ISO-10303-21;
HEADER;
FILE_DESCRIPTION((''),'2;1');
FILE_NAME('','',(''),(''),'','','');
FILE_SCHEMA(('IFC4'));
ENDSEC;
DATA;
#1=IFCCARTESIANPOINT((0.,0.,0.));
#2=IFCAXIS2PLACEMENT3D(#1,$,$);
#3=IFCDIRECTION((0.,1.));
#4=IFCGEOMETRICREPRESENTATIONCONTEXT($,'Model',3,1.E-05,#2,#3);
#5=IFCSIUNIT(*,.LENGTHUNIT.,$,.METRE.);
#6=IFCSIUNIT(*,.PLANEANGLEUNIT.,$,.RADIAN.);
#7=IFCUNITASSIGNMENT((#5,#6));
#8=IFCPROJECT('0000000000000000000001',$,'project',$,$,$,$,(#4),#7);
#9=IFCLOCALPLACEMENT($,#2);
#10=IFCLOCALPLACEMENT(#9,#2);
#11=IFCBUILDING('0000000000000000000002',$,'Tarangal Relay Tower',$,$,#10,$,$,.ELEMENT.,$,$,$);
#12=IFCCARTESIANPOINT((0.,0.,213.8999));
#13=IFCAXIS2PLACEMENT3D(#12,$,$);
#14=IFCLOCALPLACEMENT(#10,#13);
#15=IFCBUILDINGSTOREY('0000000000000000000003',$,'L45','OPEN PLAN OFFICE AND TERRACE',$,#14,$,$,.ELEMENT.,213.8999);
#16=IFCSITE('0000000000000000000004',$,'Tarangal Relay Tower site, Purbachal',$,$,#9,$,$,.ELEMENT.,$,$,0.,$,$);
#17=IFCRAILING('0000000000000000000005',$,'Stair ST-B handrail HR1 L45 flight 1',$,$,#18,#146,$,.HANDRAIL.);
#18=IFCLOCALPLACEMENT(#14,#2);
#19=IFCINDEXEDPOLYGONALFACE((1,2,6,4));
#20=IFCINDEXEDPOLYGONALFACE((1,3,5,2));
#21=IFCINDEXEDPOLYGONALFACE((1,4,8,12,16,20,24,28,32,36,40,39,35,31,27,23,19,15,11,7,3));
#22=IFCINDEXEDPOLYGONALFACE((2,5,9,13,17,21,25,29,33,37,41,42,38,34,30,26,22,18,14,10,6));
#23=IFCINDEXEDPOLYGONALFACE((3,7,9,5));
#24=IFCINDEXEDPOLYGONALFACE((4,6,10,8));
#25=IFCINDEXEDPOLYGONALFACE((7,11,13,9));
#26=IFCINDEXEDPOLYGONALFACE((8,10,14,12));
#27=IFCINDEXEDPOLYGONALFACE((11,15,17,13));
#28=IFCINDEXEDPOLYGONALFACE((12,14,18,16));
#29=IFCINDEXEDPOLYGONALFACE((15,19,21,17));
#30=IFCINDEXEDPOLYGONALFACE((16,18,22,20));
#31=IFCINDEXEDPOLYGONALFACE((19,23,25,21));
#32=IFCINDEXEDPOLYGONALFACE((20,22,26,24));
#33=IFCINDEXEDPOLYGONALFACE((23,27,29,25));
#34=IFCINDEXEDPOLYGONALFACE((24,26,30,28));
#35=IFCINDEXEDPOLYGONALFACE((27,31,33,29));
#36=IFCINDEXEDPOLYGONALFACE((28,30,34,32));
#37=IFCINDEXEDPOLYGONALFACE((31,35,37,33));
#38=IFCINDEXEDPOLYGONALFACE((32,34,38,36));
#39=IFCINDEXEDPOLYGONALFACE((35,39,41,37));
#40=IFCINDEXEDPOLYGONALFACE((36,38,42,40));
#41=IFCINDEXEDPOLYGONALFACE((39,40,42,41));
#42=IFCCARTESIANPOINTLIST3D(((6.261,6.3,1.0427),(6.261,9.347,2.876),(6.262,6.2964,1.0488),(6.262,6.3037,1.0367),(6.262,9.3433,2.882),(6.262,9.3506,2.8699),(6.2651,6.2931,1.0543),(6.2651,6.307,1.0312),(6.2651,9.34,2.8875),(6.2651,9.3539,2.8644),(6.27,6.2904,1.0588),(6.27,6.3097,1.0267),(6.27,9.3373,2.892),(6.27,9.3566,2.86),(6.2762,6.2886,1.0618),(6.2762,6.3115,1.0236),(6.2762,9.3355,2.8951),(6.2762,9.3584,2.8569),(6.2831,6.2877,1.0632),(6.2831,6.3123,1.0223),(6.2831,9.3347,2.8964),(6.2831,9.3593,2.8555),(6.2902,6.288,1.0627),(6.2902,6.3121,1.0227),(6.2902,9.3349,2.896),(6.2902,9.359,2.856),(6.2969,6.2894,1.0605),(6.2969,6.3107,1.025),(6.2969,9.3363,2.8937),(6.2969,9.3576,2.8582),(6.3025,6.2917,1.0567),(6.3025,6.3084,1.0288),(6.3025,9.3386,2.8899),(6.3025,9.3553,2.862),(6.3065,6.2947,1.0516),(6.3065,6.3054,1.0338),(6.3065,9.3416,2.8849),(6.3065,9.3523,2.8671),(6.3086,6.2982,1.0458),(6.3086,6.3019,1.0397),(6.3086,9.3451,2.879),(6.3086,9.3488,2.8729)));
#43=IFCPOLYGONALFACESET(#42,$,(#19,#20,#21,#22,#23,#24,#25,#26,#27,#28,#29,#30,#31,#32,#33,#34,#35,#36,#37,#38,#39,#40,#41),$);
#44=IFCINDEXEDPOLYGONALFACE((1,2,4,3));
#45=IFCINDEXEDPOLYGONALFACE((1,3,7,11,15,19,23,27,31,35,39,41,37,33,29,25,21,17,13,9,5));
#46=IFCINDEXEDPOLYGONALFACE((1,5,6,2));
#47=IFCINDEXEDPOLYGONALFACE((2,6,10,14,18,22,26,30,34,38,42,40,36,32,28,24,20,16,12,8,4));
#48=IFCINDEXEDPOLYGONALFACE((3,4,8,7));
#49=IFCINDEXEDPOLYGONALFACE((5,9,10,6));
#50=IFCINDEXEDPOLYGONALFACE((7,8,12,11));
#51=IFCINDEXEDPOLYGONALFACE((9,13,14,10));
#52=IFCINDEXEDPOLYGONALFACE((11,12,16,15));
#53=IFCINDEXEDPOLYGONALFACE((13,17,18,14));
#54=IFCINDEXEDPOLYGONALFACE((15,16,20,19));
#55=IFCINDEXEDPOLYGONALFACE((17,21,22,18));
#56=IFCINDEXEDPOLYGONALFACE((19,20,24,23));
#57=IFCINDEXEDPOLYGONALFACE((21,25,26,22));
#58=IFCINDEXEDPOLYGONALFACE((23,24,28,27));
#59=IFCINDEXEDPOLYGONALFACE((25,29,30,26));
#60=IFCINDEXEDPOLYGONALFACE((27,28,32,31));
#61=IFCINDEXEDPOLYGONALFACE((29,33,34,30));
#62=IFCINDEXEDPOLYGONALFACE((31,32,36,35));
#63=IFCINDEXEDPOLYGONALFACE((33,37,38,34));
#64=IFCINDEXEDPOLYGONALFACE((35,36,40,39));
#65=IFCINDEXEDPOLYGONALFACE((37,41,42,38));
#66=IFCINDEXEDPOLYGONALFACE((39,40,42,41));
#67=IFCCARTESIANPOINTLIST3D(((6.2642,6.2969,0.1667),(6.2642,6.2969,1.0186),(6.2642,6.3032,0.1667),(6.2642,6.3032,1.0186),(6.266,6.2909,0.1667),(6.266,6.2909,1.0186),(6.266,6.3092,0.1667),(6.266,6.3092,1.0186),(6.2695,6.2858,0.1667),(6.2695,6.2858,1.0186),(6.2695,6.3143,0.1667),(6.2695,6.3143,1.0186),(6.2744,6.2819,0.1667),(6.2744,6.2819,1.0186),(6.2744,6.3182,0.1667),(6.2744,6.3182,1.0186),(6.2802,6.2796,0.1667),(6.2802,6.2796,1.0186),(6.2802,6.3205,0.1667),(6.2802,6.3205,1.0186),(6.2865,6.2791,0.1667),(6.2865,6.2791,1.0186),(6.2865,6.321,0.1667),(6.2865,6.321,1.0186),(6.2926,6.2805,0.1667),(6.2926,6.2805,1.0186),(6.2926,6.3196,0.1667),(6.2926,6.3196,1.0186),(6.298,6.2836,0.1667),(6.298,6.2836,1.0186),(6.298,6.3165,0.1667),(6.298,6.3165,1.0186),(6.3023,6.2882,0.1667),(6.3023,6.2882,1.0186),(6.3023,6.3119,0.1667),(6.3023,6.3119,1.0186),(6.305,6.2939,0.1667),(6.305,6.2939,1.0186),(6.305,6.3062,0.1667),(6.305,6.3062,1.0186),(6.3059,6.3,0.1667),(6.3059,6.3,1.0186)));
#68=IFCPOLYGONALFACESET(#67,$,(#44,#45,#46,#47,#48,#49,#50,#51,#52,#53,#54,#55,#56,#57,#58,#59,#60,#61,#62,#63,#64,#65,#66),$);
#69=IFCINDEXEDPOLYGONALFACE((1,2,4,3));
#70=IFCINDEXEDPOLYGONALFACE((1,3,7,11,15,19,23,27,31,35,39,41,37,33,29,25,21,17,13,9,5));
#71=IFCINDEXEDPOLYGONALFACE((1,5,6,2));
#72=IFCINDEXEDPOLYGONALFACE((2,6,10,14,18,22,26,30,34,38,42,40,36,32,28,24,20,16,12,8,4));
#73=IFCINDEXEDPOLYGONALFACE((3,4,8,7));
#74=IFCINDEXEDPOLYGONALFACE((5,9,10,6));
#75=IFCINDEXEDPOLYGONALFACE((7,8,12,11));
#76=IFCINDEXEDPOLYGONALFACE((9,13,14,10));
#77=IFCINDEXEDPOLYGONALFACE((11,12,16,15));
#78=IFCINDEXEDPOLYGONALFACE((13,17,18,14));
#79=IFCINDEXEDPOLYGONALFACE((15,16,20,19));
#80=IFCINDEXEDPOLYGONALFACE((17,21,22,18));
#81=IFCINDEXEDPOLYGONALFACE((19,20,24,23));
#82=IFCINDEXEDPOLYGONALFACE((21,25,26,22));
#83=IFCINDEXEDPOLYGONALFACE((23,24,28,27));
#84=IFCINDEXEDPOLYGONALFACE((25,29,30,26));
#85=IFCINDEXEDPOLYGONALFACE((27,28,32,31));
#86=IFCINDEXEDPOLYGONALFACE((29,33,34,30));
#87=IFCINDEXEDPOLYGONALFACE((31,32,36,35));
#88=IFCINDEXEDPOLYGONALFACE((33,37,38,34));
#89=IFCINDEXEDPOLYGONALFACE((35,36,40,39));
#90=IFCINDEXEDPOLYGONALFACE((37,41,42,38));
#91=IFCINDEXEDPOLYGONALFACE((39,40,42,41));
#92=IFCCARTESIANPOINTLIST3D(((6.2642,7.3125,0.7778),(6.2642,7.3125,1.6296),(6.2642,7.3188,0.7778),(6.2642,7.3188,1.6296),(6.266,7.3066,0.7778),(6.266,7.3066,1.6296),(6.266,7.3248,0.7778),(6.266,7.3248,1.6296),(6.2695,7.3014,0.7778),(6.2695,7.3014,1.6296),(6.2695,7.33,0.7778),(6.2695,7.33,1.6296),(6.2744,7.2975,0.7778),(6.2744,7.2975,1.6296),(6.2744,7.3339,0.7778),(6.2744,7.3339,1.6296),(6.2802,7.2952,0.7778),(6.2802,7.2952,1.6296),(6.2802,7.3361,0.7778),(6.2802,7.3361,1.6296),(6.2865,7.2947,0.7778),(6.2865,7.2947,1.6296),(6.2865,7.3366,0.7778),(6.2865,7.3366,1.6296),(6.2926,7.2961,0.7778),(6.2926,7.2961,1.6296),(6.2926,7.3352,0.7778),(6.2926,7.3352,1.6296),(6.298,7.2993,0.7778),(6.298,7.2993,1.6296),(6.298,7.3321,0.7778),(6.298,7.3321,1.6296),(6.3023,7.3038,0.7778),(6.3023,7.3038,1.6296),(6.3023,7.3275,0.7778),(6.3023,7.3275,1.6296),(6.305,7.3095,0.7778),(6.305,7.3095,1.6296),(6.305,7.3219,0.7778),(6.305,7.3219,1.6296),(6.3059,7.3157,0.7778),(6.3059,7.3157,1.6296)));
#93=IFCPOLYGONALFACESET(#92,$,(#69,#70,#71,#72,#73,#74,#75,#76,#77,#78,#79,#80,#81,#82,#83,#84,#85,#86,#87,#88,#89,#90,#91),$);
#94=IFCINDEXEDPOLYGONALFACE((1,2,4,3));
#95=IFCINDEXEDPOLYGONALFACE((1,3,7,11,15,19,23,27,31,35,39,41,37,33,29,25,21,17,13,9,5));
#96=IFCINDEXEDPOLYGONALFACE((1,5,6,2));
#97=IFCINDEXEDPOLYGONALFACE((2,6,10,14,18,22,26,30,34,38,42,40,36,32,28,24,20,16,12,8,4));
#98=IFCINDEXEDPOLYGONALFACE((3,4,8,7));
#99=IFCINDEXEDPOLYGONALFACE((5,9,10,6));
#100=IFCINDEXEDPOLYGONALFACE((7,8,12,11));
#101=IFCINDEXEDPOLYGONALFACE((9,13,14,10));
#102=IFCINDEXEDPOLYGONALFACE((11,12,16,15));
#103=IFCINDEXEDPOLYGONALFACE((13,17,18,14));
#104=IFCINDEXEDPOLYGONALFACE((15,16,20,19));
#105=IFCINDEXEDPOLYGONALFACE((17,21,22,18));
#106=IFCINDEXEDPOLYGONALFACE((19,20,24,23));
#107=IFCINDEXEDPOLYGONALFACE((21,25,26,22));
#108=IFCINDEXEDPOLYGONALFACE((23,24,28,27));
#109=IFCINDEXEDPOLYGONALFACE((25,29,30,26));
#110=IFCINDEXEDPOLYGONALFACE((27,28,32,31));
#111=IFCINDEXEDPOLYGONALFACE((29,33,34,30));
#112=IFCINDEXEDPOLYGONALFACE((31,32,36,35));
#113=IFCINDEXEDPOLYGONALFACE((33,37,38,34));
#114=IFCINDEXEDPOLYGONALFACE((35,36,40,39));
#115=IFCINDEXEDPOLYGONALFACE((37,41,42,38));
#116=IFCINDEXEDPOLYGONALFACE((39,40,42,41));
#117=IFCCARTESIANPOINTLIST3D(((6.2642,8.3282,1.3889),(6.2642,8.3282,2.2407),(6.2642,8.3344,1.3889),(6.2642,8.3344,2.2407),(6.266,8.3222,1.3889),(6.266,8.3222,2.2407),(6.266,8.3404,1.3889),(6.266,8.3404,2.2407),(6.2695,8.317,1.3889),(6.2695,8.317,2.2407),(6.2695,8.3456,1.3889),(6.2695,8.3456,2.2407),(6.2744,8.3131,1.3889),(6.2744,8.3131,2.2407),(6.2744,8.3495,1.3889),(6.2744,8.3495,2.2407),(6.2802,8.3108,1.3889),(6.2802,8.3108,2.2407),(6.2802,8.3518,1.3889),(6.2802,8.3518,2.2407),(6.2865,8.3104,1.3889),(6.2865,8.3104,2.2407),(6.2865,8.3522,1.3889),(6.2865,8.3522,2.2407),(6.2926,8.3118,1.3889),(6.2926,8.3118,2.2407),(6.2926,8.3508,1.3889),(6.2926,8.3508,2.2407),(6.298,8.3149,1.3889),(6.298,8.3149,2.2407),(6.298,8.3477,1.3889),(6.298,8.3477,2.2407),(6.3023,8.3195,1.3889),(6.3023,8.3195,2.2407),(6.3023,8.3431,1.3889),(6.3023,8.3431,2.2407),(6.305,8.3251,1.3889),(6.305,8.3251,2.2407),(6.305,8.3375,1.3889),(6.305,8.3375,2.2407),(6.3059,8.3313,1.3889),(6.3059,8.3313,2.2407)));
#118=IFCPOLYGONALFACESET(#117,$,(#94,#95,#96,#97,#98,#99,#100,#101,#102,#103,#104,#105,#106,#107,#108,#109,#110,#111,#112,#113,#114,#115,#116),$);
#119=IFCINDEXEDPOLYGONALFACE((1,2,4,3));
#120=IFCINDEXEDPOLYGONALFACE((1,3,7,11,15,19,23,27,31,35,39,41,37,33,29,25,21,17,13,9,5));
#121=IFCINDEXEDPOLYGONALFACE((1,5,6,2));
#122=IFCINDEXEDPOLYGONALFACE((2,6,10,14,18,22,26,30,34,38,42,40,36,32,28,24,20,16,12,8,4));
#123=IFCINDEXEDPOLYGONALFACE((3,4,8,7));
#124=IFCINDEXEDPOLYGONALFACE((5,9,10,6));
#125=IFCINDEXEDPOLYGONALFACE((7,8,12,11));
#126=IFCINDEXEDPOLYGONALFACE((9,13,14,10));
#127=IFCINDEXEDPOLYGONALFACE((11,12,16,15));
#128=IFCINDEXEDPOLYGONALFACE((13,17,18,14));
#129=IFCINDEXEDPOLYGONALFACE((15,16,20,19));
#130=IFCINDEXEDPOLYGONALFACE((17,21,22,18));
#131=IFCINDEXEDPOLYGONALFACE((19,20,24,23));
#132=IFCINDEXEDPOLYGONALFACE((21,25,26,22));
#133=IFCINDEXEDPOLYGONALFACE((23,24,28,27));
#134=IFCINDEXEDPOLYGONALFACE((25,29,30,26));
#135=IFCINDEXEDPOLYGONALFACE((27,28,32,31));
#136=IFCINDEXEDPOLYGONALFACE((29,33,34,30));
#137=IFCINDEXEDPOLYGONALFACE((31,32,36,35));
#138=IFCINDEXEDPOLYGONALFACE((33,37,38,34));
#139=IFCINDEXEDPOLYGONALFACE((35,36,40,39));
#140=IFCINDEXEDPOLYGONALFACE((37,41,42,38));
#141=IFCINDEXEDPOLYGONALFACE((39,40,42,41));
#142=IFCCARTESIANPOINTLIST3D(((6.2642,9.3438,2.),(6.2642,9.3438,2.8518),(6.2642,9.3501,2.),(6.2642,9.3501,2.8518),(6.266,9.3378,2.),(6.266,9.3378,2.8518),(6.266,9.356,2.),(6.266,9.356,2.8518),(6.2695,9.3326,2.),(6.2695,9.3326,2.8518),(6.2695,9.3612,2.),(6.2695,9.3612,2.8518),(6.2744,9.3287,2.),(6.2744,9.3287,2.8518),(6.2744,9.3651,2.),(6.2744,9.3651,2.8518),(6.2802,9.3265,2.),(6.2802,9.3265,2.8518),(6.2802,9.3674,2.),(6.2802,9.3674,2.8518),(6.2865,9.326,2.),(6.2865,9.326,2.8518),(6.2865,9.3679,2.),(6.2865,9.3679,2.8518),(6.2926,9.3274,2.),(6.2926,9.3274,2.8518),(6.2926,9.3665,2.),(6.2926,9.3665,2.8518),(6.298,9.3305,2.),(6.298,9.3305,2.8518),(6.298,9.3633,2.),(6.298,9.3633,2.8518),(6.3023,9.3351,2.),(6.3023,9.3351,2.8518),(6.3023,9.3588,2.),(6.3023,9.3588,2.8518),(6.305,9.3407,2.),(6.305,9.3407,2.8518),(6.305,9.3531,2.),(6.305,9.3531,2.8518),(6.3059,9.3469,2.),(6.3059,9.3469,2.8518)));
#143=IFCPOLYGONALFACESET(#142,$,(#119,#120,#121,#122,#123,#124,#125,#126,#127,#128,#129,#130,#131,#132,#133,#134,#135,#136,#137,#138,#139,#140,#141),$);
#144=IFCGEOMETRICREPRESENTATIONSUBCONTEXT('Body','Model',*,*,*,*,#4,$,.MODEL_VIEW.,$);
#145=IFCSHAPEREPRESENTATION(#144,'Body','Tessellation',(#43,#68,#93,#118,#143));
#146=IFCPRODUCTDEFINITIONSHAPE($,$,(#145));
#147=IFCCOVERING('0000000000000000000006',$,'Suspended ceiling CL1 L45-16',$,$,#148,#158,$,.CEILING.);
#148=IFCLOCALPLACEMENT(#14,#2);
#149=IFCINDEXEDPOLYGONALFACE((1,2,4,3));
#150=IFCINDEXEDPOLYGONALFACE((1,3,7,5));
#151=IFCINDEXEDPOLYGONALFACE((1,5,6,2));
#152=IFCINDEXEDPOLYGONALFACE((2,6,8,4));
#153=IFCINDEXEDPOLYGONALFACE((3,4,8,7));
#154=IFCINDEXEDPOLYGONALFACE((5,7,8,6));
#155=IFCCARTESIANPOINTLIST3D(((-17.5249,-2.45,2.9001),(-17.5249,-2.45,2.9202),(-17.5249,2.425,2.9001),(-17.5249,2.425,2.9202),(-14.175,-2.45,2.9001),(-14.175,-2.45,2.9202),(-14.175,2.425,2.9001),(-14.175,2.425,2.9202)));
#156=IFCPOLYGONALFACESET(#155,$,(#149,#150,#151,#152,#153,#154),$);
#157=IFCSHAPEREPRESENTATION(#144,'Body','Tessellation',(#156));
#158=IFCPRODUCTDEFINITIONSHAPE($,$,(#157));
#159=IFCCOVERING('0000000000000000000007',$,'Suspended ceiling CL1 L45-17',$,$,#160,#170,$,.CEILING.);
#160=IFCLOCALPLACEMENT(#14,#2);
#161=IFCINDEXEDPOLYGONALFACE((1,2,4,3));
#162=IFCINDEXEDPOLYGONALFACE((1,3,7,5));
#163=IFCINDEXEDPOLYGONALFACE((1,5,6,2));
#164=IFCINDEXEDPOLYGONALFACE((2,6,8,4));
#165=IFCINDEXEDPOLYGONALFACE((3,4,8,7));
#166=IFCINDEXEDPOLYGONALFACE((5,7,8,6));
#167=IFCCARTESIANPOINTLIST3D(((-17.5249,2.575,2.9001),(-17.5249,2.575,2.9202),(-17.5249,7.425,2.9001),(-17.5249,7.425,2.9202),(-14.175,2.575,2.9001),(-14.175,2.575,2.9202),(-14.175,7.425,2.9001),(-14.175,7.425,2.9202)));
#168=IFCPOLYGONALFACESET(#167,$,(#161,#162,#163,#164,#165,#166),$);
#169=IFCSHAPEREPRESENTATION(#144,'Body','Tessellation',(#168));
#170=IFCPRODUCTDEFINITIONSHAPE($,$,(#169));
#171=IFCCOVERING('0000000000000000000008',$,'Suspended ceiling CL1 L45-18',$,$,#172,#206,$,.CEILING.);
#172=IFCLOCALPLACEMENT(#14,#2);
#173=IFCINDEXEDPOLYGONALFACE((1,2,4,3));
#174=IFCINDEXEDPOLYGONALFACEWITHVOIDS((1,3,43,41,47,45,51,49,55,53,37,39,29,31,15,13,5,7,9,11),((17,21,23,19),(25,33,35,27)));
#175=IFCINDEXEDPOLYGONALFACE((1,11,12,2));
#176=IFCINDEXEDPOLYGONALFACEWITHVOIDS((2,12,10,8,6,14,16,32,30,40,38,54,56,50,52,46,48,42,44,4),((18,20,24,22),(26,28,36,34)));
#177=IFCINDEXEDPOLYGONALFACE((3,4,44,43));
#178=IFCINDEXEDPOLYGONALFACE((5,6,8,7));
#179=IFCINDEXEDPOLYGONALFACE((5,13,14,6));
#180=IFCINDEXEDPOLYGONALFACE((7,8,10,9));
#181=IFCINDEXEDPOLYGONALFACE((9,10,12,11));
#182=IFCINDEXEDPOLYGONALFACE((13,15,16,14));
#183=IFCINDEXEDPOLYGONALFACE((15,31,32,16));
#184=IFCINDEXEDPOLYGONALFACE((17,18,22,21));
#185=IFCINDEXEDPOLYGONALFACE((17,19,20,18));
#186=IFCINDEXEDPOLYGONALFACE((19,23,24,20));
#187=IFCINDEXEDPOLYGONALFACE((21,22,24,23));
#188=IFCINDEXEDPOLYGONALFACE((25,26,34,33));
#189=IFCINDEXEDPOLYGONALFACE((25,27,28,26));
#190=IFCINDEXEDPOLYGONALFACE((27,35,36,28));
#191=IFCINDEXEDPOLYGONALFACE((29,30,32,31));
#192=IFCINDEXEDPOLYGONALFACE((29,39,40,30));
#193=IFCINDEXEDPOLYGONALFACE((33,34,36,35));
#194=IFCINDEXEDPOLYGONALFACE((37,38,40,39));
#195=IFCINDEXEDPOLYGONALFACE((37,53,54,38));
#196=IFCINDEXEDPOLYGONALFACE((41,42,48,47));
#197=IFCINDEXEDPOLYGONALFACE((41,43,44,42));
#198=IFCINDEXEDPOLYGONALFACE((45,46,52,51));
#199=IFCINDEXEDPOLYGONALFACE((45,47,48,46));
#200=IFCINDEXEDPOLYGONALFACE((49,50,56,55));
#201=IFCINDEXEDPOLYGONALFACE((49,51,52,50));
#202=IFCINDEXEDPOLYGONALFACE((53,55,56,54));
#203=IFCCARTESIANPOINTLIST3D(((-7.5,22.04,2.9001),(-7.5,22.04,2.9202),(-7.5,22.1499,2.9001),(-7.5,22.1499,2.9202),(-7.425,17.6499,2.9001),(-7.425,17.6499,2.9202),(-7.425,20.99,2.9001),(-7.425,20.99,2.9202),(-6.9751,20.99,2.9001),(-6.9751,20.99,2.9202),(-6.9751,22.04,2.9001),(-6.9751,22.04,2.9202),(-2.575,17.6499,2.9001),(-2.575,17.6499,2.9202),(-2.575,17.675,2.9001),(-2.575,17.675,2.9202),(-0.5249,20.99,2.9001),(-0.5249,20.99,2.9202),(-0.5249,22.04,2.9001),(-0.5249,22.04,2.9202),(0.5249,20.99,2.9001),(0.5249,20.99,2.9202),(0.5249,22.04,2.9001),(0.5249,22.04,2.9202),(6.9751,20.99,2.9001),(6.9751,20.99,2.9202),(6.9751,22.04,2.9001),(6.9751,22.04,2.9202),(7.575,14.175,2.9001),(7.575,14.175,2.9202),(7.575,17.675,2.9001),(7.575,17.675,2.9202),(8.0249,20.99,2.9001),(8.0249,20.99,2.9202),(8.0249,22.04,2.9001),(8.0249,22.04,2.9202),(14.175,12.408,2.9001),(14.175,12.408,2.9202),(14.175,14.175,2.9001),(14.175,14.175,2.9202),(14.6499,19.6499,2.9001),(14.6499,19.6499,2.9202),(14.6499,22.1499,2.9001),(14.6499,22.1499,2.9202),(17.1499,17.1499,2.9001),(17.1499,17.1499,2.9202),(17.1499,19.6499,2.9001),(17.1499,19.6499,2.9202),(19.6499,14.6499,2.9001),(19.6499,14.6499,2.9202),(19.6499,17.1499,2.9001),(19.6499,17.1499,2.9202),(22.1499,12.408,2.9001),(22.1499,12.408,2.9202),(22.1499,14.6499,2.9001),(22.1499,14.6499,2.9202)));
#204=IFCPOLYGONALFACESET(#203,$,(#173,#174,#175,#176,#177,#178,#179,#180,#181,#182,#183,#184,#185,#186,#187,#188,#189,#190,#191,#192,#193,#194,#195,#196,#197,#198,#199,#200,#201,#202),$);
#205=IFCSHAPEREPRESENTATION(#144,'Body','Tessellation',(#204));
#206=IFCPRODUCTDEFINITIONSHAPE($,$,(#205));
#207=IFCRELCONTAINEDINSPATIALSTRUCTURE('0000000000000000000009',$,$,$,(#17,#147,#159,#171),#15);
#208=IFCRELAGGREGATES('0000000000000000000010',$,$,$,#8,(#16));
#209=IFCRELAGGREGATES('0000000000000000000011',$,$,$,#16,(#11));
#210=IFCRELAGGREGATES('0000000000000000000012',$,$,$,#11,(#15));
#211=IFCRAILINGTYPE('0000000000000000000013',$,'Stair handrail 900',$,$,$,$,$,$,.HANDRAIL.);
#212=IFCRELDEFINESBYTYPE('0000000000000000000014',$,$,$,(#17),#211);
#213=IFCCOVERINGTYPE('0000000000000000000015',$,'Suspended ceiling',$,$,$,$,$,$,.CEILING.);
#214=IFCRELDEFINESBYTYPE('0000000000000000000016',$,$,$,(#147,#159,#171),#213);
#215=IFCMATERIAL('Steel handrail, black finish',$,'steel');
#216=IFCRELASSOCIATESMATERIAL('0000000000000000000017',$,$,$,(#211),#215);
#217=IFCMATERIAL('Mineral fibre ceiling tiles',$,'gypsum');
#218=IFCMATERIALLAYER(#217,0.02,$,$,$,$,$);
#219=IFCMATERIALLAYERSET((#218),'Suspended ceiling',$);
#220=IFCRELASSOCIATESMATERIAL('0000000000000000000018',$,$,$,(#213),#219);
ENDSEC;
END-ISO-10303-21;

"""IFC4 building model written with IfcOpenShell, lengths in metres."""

from ifc_helpers import new_model, si_unit, direction, frame, origin, origin_2d, place, context, subcontext, project, spatial, polyline, circle, outline, extrude, material, layer, layer_set, type_object, element, save


model = new_model("IFC4")

# Units and contexts
model_context = context("Model", 3, precision=1e-05, world=origin(), true_north=direction((0.0, 1.0)))
body_context = subcontext(model_context, "Body", "Model", "MODEL_VIEW")
ifc_project = project(units=[si_unit("LENGTHUNIT", "METRE"), si_unit("PLANEANGLEUNIT", "RADIAN")], contexts=[model_context])

# Site, building, storey
site_placement = place(None, origin())
site = spatial("IfcSite", under=ifc_project, at=site_placement, Name="Tarangal Relay Tower site, Purbachal", CompositionType="ELEMENT", RefElevation=0.0)
building_placement = place(site_placement, origin())
building = spatial("IfcBuilding", under=site, at=building_placement, Name="Tarangal Relay Tower", CompositionType="ELEMENT")
storey_placement = place(building_placement, frame((0.0, 0.0, 213.8999)))
storey = spatial("IfcBuildingStorey", under=building, at=storey_placement, Name="L45", Description="OPEN PLAN OFFICE AND TERRACE", CompositionType="ELEMENT", Elevation=213.8999)

# Railing
ifc_material_1 = material(Name="Steel handrail, black finish", Category="steel")
railing_type_1 = type_object("IfcRailingType", Name="Stair handrail 900", PredefinedType="HANDRAIL", material=ifc_material_1)
railing_1_placement = place(storey_placement, frame((6.2849, 6.3, 0.1667)))
element("IfcRailing", 1, at=railing_1_placement, inside=storey, type_object=railing_type_1, Name="Stair ST-B handrail HR1 L45 flight 1", PredefinedType="HANDRAIL", context=body_context, shape_type="SweptSolid", body=[
    extrude(circle(Radius=0.0239, at=origin_2d()), frame((0.0, 0.0, 0.876), z_axis=(0.0, 0.856856, 0.515556), x_axis=(-1.0, 0.0, 0.0)), (0.0, 0.0, 1.0), 3.5559),
    extrude(circle(Radius=0.021, at=origin_2d()), origin(), (0.0, 0.0, 1.0), 0.8518),
    extrude(circle(Radius=0.021, at=origin_2d()), frame((0.0, 1.0156, 0.6111)), (0.0, 0.0, 1.0), 0.8518),
    extrude(circle(Radius=0.021, at=origin_2d()), frame((0.0, 2.0312, 1.2222)), (0.0, 0.0, 1.0), 0.8518),
    extrude(circle(Radius=0.021, at=origin_2d()), frame((0.0, 3.0469, 1.8333)), (0.0, 0.0, 1.0), 0.8518),
])

# Coverings
ifc_material_2 = material(Name="Mineral fibre ceiling tiles", Category="gypsum")
ifc_layer_1 = layer(ifc_material_2, 0.02)
ifc_layer_set_1 = layer_set([ifc_layer_1], Name="Suspended ceiling")
covering_type = type_object("IfcCoveringType", Name="Suspended ceiling", PredefinedType="CEILING", material=ifc_layer_set_1)
covering_1_placement = place(storey_placement, frame((0.0, 0.0, 2.9001)))
element("IfcCovering", 2, at=covering_1_placement, inside=storey, type_object=covering_type, Name="Suspended ceiling CL1 L45-16", PredefinedType="CEILING", context=body_context, shape_type="SweptSolid", body=[
    extrude(outline(polyline([(-14.175, 2.425), (-17.5249, 2.425), (-17.5249, -2.45), (-14.175, -2.45), (-14.175, 2.425)])), origin(), (0.0, 0.0, 1.0), 0.02),
])
covering_2_placement = place(storey_placement, frame((0.0, 0.0, 2.9001)))
element("IfcCovering", 3, at=covering_2_placement, inside=storey, type_object=covering_type, Name="Suspended ceiling CL1 L45-17", PredefinedType="CEILING", context=body_context, shape_type="SweptSolid", body=[
    extrude(outline(polyline([(-14.175, 2.575), (-14.175, 7.425), (-17.5249, 7.425), (-17.5249, 2.575), (-14.175, 2.575)])), origin(), (0.0, 0.0, 1.0), 0.02),
])
covering_3_placement = place(storey_placement, frame((0.0, 0.0, 2.9001)))
element("IfcCovering", 4, at=covering_3_placement, inside=storey, type_object=covering_type, Name="Suspended ceiling CL1 L45-18", PredefinedType="CEILING", context=body_context, shape_type="SweptSolid", body=[
    extrude(outline(polyline([(-7.5, 22.1499), (-7.5, 22.04), (-6.9751, 22.04), (-6.9751, 20.99), (-7.425, 20.99), (-7.425, 17.6499), (-2.575, 17.6499), (-2.575, 17.675), (7.575, 17.675), (7.575, 14.175), (14.175, 14.175), (14.175, 12.408), (22.1499, 12.408), (22.1499, 14.6499), (19.6499, 14.6499), (19.6499, 17.1499), (17.1499, 17.1499), (17.1499, 19.6499), (14.6499, 19.6499), (14.6499, 22.1499), (-7.5, 22.1499)]), holes=[polyline([(-0.5249, 20.99), (0.5249, 20.99), (0.5249, 22.04), (-0.5249, 22.04), (-0.5249, 20.99)]), polyline([(6.9751, 20.99), (8.0249, 20.99), (8.0249, 22.04), (6.9751, 22.04), (6.9751, 20.99)])]), origin(), (0.0, 0.0, 1.0), 0.02),
])

save(model, "model.ifc")
